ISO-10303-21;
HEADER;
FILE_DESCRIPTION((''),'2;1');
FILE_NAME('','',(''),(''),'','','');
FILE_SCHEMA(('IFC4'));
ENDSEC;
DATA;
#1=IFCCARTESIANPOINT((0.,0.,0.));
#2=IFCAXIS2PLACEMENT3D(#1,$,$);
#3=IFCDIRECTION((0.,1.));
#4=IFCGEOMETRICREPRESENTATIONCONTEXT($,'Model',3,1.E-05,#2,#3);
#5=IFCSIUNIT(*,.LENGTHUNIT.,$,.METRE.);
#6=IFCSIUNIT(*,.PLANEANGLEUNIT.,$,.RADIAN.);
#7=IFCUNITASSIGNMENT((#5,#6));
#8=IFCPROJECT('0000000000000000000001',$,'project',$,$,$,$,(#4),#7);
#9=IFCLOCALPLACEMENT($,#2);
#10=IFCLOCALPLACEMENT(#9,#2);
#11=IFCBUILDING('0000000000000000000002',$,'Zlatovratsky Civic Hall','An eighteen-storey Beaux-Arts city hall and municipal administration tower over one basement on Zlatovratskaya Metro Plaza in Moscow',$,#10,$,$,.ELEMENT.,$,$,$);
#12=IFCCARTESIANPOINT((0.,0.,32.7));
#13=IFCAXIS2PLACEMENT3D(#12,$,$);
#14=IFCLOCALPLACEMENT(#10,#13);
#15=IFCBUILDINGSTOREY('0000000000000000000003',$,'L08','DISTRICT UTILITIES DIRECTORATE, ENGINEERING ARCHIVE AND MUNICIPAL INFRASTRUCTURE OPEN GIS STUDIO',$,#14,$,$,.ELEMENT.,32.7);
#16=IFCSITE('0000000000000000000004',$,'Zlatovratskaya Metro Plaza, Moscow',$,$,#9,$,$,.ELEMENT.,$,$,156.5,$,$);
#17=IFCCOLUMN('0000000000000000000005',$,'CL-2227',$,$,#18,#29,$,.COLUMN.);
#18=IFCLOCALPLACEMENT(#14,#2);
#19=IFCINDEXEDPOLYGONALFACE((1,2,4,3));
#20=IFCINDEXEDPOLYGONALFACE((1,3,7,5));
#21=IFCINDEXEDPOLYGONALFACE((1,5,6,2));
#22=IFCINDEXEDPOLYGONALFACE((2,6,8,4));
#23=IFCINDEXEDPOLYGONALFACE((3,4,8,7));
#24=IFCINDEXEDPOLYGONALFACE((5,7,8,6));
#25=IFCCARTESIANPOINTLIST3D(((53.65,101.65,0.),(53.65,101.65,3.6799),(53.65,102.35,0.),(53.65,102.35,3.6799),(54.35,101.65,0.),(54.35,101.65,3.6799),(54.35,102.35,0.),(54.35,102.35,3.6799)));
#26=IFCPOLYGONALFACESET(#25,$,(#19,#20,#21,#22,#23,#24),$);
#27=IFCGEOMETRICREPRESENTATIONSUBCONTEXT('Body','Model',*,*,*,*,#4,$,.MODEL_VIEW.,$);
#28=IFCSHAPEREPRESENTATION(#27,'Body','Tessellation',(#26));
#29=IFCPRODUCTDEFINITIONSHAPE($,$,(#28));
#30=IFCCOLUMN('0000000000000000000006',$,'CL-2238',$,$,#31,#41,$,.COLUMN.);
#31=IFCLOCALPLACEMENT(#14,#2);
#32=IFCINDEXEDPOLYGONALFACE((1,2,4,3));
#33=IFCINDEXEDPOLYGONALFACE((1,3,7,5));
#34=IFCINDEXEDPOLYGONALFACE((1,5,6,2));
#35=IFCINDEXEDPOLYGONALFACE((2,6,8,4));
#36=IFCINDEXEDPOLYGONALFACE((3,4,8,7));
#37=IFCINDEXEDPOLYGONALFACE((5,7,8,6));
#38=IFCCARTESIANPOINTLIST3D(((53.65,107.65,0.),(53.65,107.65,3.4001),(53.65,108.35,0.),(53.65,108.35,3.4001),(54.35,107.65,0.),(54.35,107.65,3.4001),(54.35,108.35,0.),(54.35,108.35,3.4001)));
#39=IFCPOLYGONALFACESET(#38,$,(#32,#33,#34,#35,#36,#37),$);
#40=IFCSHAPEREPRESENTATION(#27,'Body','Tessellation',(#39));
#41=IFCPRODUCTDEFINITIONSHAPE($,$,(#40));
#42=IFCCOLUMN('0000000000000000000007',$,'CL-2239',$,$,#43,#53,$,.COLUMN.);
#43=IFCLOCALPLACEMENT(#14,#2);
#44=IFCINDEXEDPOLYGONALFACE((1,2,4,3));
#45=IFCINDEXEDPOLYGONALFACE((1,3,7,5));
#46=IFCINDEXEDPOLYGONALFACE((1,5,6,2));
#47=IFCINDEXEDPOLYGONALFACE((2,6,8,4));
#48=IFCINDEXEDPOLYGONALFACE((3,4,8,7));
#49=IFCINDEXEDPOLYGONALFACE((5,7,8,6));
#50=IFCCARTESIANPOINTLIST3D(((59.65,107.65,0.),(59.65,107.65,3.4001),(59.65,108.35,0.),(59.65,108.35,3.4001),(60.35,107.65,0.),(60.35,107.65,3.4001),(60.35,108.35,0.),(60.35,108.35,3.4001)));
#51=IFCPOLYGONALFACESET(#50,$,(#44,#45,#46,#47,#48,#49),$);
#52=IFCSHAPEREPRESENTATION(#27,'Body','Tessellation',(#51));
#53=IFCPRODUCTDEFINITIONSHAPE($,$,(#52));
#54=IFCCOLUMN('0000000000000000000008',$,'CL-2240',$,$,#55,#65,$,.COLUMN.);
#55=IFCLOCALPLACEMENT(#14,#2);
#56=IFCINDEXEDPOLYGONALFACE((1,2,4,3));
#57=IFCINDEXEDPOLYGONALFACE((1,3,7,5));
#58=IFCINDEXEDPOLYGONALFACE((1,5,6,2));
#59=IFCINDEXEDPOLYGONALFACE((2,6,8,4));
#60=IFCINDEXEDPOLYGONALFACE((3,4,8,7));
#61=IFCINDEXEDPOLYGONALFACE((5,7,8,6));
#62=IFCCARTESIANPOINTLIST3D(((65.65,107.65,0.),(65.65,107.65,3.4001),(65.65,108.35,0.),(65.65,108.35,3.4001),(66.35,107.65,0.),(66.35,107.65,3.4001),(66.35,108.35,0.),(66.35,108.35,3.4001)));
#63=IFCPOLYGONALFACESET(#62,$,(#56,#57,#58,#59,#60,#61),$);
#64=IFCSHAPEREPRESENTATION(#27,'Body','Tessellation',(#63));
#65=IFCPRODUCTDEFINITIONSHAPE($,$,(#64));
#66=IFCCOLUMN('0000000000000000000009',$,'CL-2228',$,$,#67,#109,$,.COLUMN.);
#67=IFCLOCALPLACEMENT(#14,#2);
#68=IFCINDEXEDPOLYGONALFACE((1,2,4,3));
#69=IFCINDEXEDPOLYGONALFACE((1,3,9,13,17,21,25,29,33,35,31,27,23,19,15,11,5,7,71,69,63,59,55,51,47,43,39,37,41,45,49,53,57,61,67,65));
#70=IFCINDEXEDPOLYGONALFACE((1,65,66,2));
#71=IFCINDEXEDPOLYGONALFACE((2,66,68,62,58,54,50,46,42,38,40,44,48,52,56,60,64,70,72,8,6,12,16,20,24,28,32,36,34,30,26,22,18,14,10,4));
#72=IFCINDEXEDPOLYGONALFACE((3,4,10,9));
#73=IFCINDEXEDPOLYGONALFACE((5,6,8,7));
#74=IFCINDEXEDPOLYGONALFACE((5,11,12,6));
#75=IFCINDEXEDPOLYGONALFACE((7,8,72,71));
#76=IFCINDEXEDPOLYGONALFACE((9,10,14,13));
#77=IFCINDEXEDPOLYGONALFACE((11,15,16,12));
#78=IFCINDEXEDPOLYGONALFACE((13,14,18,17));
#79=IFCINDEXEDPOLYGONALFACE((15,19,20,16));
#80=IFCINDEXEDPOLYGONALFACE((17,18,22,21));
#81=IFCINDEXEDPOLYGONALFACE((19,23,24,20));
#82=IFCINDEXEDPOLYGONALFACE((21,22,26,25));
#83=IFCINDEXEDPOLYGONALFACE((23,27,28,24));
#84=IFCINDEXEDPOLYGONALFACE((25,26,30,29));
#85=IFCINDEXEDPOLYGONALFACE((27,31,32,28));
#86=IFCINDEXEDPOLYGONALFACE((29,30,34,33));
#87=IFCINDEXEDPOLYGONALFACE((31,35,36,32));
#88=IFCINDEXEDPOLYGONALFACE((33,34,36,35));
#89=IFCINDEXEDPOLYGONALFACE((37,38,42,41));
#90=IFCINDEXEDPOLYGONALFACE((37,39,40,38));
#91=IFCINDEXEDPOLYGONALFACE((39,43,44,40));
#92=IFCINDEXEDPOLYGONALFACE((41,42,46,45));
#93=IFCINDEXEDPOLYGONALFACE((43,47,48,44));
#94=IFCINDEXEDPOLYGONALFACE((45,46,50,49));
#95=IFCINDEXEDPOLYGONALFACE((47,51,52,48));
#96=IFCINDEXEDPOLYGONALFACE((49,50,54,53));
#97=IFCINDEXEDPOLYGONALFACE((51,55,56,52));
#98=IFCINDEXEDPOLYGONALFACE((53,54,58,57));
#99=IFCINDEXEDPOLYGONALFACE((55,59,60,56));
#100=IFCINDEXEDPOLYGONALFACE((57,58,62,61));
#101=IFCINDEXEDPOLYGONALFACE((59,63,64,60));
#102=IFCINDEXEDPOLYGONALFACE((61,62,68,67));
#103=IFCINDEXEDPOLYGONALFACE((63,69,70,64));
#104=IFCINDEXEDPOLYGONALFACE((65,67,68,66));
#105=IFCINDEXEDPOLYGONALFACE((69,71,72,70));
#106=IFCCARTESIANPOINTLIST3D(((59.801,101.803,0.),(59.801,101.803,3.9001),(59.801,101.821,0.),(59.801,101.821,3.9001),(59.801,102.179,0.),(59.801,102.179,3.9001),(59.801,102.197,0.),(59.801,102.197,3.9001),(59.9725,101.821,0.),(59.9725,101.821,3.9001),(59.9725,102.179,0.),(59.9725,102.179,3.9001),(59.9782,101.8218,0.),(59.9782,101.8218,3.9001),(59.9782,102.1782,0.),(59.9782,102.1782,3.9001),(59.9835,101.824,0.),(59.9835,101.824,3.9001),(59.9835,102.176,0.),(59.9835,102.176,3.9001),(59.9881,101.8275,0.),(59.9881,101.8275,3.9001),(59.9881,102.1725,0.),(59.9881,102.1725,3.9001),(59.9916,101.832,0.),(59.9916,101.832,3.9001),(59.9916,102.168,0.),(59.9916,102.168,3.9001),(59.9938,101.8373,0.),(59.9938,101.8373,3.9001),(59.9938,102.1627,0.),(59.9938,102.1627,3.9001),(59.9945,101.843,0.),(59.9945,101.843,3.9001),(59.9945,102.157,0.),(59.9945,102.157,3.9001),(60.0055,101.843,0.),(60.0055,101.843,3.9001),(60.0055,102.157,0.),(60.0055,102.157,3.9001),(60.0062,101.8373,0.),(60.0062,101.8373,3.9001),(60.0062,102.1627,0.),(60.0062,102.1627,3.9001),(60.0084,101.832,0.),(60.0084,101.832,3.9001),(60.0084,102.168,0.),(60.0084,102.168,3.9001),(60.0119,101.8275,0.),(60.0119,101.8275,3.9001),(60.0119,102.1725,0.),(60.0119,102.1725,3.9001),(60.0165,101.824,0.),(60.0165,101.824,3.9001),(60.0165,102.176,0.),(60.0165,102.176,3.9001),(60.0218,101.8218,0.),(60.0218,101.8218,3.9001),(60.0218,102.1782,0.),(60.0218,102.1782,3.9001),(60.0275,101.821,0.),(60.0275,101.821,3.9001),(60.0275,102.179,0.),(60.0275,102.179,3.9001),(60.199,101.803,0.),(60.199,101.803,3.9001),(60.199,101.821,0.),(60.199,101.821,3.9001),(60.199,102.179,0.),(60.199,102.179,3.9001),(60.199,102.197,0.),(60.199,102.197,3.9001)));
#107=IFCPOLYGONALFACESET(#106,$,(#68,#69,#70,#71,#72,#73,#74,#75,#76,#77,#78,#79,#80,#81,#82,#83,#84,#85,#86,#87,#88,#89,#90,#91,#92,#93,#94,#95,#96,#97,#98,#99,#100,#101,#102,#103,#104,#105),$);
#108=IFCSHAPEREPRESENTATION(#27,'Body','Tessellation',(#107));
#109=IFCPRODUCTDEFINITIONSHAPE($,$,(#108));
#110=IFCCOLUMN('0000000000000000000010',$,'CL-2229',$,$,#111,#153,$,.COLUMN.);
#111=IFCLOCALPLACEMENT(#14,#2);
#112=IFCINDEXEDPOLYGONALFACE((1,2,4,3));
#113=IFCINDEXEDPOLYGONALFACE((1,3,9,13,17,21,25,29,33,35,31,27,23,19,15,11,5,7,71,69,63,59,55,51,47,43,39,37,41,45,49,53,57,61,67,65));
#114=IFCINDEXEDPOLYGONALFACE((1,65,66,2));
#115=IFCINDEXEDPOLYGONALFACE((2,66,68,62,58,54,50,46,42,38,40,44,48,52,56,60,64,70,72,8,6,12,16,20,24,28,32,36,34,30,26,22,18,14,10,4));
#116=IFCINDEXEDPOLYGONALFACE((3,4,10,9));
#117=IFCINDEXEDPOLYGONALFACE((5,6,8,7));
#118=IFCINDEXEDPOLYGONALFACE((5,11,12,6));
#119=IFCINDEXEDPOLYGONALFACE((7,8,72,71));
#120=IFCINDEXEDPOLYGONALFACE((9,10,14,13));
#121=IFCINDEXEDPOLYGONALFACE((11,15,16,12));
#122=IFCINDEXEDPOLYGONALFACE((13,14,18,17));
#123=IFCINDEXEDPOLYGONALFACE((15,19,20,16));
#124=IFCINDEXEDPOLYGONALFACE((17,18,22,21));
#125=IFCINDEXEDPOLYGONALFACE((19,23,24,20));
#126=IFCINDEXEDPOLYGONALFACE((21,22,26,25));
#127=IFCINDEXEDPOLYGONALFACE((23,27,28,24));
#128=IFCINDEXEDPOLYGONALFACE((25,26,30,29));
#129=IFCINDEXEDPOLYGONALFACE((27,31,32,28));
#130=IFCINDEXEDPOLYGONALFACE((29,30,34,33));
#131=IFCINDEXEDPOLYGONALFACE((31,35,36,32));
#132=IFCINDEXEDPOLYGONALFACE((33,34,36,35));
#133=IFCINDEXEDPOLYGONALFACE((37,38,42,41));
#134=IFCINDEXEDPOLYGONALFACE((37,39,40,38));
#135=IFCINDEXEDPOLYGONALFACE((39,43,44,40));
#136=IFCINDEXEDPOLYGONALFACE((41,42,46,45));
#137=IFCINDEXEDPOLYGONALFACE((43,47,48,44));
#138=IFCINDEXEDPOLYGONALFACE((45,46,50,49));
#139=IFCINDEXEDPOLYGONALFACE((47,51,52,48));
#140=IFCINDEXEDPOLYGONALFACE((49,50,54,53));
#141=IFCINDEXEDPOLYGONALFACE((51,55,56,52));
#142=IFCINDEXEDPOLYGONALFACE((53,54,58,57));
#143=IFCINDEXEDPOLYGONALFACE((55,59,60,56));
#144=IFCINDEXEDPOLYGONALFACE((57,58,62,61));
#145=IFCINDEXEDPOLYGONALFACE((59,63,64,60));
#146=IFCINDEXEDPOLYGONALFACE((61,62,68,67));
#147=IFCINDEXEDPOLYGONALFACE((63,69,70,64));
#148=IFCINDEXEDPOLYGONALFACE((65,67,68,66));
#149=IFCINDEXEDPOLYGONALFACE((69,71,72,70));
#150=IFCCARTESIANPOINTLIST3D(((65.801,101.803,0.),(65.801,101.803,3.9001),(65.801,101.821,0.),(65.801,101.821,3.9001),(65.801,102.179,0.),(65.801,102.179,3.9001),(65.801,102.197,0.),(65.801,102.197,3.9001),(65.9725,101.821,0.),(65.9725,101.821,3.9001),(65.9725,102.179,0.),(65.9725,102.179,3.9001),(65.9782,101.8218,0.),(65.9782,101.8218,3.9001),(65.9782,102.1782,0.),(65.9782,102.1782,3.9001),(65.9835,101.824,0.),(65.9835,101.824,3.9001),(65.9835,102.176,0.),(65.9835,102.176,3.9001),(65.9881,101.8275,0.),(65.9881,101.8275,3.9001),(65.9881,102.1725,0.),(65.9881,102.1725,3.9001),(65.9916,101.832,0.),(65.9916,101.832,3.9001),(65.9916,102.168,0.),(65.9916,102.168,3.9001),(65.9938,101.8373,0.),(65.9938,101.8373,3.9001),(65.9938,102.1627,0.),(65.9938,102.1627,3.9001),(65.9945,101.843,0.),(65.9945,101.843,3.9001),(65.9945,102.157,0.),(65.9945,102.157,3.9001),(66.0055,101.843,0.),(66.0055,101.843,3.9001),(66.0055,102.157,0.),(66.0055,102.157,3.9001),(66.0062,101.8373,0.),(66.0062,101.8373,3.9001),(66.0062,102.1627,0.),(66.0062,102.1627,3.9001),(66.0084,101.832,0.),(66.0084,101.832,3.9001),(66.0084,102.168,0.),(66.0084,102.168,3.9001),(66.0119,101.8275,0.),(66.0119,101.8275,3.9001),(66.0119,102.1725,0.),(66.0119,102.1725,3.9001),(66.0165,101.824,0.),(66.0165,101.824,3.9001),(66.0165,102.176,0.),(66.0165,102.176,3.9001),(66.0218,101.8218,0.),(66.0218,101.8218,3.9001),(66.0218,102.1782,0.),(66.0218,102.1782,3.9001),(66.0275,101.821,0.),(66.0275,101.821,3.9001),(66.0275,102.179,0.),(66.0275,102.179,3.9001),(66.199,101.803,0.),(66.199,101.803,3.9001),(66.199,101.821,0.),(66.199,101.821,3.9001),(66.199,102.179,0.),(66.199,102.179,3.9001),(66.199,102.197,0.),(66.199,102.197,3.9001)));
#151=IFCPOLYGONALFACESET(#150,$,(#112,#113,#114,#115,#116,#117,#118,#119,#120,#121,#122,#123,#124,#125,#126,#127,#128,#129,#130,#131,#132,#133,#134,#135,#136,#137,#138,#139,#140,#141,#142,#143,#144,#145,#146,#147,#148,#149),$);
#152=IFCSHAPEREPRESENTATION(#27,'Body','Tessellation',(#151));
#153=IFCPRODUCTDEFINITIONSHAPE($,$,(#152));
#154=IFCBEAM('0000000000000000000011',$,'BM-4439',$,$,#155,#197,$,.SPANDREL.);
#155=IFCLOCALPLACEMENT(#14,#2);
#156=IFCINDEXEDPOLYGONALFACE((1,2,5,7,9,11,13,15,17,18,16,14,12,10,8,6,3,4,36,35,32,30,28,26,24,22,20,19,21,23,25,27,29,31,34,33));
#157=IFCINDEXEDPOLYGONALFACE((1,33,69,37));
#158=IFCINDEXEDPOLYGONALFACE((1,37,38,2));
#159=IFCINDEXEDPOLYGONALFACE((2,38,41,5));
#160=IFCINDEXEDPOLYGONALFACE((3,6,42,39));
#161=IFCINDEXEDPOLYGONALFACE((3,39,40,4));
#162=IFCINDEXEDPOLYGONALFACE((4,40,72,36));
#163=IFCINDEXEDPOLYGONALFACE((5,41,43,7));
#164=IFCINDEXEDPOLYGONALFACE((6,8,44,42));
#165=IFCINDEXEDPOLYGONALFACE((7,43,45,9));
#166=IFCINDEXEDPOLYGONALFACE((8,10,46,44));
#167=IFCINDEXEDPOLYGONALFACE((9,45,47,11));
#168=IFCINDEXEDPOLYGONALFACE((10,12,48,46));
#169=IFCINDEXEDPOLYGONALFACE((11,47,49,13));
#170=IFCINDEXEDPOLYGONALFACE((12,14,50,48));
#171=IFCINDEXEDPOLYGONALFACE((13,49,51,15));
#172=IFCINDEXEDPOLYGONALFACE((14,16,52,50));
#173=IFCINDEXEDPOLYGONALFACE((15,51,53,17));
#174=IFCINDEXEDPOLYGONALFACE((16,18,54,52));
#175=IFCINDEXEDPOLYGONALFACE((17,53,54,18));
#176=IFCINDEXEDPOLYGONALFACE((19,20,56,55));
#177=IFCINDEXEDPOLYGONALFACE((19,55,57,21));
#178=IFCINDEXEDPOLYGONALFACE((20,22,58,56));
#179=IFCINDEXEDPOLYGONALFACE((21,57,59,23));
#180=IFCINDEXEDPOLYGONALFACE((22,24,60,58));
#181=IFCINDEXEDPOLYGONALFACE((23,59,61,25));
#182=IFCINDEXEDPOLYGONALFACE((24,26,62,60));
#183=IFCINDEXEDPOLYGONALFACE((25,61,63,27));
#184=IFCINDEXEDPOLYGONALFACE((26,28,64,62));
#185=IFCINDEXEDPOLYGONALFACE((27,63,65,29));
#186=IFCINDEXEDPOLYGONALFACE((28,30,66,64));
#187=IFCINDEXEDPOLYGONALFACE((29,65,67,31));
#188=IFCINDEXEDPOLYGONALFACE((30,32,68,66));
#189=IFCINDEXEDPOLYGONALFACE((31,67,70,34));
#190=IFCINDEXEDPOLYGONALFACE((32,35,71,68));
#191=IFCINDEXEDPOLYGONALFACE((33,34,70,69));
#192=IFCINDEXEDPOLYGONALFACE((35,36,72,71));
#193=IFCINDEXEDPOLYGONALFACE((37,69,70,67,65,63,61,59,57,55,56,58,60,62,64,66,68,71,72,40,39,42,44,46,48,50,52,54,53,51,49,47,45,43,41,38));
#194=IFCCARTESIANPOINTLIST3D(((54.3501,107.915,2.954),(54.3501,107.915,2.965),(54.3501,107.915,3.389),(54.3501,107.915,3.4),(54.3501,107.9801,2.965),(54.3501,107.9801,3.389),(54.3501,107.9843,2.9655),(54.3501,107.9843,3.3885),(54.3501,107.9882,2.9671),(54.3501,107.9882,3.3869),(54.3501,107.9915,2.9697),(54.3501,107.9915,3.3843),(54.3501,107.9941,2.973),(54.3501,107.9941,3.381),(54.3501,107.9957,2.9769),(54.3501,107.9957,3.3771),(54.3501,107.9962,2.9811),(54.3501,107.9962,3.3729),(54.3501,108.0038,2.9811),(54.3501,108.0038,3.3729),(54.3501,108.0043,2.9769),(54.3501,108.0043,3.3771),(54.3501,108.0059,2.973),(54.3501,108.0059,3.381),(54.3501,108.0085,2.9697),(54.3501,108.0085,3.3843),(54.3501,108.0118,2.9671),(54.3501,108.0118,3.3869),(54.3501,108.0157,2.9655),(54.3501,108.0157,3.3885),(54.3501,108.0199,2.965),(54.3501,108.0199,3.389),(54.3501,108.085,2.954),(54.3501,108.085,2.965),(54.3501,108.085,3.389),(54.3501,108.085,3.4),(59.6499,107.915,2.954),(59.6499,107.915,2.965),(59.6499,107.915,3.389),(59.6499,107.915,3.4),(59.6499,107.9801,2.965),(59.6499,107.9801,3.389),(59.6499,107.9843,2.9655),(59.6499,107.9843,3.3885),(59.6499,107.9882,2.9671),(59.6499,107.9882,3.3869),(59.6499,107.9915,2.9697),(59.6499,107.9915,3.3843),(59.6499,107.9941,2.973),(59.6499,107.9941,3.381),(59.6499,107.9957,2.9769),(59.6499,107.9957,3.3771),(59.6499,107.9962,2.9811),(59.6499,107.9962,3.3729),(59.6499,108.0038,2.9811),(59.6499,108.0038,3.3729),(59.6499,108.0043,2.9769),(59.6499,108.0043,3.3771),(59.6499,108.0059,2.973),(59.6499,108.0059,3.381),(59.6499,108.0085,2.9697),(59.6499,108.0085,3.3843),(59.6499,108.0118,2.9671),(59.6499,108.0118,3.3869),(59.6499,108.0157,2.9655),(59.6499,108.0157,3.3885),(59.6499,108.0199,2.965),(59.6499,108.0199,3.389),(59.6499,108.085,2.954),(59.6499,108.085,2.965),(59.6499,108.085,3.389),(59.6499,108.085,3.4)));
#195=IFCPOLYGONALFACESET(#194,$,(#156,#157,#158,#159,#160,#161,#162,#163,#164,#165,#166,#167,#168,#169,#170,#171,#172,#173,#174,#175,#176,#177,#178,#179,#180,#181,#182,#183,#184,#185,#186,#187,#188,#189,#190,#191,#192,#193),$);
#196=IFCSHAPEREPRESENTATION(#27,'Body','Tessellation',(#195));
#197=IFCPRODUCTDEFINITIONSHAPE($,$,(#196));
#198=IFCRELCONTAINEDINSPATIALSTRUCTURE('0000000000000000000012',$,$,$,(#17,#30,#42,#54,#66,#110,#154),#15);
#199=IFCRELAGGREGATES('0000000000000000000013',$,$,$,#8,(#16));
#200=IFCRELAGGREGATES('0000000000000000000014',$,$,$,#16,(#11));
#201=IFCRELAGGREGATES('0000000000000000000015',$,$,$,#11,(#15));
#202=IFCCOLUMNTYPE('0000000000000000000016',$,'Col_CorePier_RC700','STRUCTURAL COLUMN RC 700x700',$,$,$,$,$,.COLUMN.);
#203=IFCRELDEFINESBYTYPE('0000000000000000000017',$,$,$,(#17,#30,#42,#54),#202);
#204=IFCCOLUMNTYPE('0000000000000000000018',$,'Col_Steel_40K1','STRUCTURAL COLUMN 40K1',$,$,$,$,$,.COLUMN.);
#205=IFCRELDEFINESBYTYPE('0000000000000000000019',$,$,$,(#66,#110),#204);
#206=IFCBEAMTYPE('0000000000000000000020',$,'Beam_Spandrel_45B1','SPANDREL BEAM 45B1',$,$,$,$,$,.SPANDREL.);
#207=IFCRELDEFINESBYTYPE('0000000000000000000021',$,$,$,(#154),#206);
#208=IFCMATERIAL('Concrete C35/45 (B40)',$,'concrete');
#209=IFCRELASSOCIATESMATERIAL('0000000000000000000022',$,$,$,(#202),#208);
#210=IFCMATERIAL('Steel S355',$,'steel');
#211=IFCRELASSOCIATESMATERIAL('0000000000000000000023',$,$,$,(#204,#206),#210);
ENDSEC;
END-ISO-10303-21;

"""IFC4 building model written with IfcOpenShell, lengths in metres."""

from ifc_helpers import new_model, si_unit, direction, frame, origin, origin_2d, place, context, subcontext, project, spatial, rectangle, i_section, extrude, material, material_profile, profile_set, type_object, element, save


model = new_model("IFC4")

# Units and contexts
model_context = context("Model", 3, precision=1e-05, world=origin(), true_north=direction((0.0, 1.0)))
body_context = subcontext(model_context, "Body", "Model", "MODEL_VIEW")
ifc_project = project(units=[si_unit("LENGTHUNIT", "METRE"), si_unit("PLANEANGLEUNIT", "RADIAN")], contexts=[model_context])

# Site, building, storey
site_placement = place(None, origin())
site = spatial("IfcSite", under=ifc_project, at=site_placement, Name="Zlatovratskaya Metro Plaza, Moscow", CompositionType="ELEMENT", RefElevation=156.5)
building_placement = place(site_placement, origin())
building = spatial("IfcBuilding", under=site, at=building_placement, Name="Zlatovratsky Civic Hall", Description="An eighteen-storey Beaux-Arts city hall and municipal administration tower over one basement on Zlatovratskaya Metro Plaza in Moscow", CompositionType="ELEMENT")
storey_placement = place(building_placement, frame((0.0, 0.0, 32.7)))
storey = spatial("IfcBuildingStorey", under=building, at=storey_placement, Name="L08", Description="DISTRICT UTILITIES DIRECTORATE, ENGINEERING ARCHIVE AND MUNICIPAL INFRASTRUCTURE OPEN GIS STUDIO", CompositionType="ELEMENT", Elevation=32.7)

# Columns
ifc_material_1 = material(Name="Concrete C35/45 (B40)", Category="concrete")
ifc_material_profile_1 = material_profile(ifc_material_1, rectangle(XDim=0.7, YDim=0.7, at=origin_2d()), Name="RC 700x700")
ifc_profile_set_1 = profile_set([ifc_material_profile_1], Name="Concrete C35/45 (B40)")
column_type_1 = type_object("IfcColumnType", Name="Col_CorePier_RC700", Description="STRUCTURAL COLUMN RC 700x700", PredefinedType="COLUMN", material=ifc_profile_set_1)
column_placement = place(storey_placement, frame((54.0, 102.0, 0.0), z_axis=(0.0, 0.0, 1.0), x_axis=(1.0, 0.0, 0.0)))
element("IfcColumn", 1, at=column_placement, inside=storey, type_object=column_type_1, Name="CL-2227", PredefinedType="COLUMN", context=body_context, shape_type="SweptSolid", body=[
    extrude(rectangle(XDim=0.7, YDim=0.7, at=origin_2d()), origin(), (0.0, 0.0, 1.0), 3.6799),
])
for number, where, z_axis, x_axis, name in (
    (2, (54.0, 108.0, 0.0), (0.0, 0.0, 1.0), (1.0, 0.0, 0.0), "CL-2238"),
    (3, (60.0, 108.0, 0.0), (0.0, 0.0, 1.0), (1.0, 0.0, 0.0), "CL-2239"),
    (4, (66.0, 108.0, 0.0), (0.0, 0.0, 1.0), (1.0, 0.0, 0.0), "CL-2240"),
):
    element("IfcColumn", number, at=place(storey_placement, frame(where, z_axis=z_axis, x_axis=x_axis)), inside=storey, type_object=column_type_1, Name=name, PredefinedType="COLUMN", context=body_context, shape_type="SweptSolid", body=[
        extrude(rectangle(XDim=0.7, YDim=0.7, at=origin_2d()), origin(), (0.0, 0.0, 1.0), 3.4001),
    ])
ifc_material_2 = material(Name="Steel S355", Category="steel")
ifc_material_profile_2 = material_profile(ifc_material_2, i_section(OverallWidth=0.3979, OverallDepth=0.394, WebThickness=0.011, FlangeThickness=0.0181, FilletRadius=0.022, at=origin_2d()), Name="40K1")
ifc_profile_set_2 = profile_set([ifc_material_profile_2], Name="Steel S355")
column_type_2 = type_object("IfcColumnType", Name="Col_Steel_40K1", Description="STRUCTURAL COLUMN 40K1", PredefinedType="COLUMN", material=ifc_profile_set_2)
for number, where, z_axis, x_axis, name in (
    (5, (60.0, 102.0, 0.0), (0.0, 0.0, 1.0), (1.0, 0.0, 0.0), "CL-2228"),
    (6, (66.0, 102.0, 0.0), (0.0, 0.0, 1.0), (1.0, 0.0, 0.0), "CL-2229"),
):
    element("IfcColumn", number, at=place(storey_placement, frame(where, z_axis=z_axis, x_axis=x_axis)), inside=storey, type_object=column_type_2, Name=name, PredefinedType="COLUMN", context=body_context, shape_type="SweptSolid", body=[
        extrude(i_section(OverallWidth=0.3979, OverallDepth=0.394, WebThickness=0.011, FlangeThickness=0.0181, FilletRadius=0.022, at=origin_2d()), origin(), (0.0, 0.0, 1.0), 3.9001),
    ])

# Beam
ifc_material_profile_3 = material_profile(ifc_material_2, i_section(OverallWidth=0.1699, OverallDepth=0.446, WebThickness=0.0076, FlangeThickness=0.011, FilletRadius=0.0161, at=origin_2d()), Name="45B1")
ifc_profile_set_3 = profile_set([ifc_material_profile_3], Name="Steel S355")
beam_type_1 = type_object("IfcBeamType", Name="Beam_Spandrel_45B1", Description="SPANDREL BEAM 45B1", PredefinedType="SPANDREL", material=ifc_profile_set_3)
for number, where, z_axis, x_axis, name in (
    (7, (54.3501, 108.0, 3.177), (1.0, 0.0, 0.0), (0.0, 1.0, 0.0), "BM-4439"),
):
    element("IfcBeam", number, at=place(storey_placement, frame(where, z_axis=z_axis, x_axis=x_axis)), inside=storey, type_object=beam_type_1, Name=name, PredefinedType="SPANDREL", context=body_context, shape_type="SweptSolid", body=[
        extrude(i_section(OverallWidth=0.1699, OverallDepth=0.446, WebThickness=0.0076, FlangeThickness=0.011, FilletRadius=0.0161, at=origin_2d()), origin(), (0.0, 0.0, 1.0), 5.2998),
    ])

save(model, "model.ifc")
